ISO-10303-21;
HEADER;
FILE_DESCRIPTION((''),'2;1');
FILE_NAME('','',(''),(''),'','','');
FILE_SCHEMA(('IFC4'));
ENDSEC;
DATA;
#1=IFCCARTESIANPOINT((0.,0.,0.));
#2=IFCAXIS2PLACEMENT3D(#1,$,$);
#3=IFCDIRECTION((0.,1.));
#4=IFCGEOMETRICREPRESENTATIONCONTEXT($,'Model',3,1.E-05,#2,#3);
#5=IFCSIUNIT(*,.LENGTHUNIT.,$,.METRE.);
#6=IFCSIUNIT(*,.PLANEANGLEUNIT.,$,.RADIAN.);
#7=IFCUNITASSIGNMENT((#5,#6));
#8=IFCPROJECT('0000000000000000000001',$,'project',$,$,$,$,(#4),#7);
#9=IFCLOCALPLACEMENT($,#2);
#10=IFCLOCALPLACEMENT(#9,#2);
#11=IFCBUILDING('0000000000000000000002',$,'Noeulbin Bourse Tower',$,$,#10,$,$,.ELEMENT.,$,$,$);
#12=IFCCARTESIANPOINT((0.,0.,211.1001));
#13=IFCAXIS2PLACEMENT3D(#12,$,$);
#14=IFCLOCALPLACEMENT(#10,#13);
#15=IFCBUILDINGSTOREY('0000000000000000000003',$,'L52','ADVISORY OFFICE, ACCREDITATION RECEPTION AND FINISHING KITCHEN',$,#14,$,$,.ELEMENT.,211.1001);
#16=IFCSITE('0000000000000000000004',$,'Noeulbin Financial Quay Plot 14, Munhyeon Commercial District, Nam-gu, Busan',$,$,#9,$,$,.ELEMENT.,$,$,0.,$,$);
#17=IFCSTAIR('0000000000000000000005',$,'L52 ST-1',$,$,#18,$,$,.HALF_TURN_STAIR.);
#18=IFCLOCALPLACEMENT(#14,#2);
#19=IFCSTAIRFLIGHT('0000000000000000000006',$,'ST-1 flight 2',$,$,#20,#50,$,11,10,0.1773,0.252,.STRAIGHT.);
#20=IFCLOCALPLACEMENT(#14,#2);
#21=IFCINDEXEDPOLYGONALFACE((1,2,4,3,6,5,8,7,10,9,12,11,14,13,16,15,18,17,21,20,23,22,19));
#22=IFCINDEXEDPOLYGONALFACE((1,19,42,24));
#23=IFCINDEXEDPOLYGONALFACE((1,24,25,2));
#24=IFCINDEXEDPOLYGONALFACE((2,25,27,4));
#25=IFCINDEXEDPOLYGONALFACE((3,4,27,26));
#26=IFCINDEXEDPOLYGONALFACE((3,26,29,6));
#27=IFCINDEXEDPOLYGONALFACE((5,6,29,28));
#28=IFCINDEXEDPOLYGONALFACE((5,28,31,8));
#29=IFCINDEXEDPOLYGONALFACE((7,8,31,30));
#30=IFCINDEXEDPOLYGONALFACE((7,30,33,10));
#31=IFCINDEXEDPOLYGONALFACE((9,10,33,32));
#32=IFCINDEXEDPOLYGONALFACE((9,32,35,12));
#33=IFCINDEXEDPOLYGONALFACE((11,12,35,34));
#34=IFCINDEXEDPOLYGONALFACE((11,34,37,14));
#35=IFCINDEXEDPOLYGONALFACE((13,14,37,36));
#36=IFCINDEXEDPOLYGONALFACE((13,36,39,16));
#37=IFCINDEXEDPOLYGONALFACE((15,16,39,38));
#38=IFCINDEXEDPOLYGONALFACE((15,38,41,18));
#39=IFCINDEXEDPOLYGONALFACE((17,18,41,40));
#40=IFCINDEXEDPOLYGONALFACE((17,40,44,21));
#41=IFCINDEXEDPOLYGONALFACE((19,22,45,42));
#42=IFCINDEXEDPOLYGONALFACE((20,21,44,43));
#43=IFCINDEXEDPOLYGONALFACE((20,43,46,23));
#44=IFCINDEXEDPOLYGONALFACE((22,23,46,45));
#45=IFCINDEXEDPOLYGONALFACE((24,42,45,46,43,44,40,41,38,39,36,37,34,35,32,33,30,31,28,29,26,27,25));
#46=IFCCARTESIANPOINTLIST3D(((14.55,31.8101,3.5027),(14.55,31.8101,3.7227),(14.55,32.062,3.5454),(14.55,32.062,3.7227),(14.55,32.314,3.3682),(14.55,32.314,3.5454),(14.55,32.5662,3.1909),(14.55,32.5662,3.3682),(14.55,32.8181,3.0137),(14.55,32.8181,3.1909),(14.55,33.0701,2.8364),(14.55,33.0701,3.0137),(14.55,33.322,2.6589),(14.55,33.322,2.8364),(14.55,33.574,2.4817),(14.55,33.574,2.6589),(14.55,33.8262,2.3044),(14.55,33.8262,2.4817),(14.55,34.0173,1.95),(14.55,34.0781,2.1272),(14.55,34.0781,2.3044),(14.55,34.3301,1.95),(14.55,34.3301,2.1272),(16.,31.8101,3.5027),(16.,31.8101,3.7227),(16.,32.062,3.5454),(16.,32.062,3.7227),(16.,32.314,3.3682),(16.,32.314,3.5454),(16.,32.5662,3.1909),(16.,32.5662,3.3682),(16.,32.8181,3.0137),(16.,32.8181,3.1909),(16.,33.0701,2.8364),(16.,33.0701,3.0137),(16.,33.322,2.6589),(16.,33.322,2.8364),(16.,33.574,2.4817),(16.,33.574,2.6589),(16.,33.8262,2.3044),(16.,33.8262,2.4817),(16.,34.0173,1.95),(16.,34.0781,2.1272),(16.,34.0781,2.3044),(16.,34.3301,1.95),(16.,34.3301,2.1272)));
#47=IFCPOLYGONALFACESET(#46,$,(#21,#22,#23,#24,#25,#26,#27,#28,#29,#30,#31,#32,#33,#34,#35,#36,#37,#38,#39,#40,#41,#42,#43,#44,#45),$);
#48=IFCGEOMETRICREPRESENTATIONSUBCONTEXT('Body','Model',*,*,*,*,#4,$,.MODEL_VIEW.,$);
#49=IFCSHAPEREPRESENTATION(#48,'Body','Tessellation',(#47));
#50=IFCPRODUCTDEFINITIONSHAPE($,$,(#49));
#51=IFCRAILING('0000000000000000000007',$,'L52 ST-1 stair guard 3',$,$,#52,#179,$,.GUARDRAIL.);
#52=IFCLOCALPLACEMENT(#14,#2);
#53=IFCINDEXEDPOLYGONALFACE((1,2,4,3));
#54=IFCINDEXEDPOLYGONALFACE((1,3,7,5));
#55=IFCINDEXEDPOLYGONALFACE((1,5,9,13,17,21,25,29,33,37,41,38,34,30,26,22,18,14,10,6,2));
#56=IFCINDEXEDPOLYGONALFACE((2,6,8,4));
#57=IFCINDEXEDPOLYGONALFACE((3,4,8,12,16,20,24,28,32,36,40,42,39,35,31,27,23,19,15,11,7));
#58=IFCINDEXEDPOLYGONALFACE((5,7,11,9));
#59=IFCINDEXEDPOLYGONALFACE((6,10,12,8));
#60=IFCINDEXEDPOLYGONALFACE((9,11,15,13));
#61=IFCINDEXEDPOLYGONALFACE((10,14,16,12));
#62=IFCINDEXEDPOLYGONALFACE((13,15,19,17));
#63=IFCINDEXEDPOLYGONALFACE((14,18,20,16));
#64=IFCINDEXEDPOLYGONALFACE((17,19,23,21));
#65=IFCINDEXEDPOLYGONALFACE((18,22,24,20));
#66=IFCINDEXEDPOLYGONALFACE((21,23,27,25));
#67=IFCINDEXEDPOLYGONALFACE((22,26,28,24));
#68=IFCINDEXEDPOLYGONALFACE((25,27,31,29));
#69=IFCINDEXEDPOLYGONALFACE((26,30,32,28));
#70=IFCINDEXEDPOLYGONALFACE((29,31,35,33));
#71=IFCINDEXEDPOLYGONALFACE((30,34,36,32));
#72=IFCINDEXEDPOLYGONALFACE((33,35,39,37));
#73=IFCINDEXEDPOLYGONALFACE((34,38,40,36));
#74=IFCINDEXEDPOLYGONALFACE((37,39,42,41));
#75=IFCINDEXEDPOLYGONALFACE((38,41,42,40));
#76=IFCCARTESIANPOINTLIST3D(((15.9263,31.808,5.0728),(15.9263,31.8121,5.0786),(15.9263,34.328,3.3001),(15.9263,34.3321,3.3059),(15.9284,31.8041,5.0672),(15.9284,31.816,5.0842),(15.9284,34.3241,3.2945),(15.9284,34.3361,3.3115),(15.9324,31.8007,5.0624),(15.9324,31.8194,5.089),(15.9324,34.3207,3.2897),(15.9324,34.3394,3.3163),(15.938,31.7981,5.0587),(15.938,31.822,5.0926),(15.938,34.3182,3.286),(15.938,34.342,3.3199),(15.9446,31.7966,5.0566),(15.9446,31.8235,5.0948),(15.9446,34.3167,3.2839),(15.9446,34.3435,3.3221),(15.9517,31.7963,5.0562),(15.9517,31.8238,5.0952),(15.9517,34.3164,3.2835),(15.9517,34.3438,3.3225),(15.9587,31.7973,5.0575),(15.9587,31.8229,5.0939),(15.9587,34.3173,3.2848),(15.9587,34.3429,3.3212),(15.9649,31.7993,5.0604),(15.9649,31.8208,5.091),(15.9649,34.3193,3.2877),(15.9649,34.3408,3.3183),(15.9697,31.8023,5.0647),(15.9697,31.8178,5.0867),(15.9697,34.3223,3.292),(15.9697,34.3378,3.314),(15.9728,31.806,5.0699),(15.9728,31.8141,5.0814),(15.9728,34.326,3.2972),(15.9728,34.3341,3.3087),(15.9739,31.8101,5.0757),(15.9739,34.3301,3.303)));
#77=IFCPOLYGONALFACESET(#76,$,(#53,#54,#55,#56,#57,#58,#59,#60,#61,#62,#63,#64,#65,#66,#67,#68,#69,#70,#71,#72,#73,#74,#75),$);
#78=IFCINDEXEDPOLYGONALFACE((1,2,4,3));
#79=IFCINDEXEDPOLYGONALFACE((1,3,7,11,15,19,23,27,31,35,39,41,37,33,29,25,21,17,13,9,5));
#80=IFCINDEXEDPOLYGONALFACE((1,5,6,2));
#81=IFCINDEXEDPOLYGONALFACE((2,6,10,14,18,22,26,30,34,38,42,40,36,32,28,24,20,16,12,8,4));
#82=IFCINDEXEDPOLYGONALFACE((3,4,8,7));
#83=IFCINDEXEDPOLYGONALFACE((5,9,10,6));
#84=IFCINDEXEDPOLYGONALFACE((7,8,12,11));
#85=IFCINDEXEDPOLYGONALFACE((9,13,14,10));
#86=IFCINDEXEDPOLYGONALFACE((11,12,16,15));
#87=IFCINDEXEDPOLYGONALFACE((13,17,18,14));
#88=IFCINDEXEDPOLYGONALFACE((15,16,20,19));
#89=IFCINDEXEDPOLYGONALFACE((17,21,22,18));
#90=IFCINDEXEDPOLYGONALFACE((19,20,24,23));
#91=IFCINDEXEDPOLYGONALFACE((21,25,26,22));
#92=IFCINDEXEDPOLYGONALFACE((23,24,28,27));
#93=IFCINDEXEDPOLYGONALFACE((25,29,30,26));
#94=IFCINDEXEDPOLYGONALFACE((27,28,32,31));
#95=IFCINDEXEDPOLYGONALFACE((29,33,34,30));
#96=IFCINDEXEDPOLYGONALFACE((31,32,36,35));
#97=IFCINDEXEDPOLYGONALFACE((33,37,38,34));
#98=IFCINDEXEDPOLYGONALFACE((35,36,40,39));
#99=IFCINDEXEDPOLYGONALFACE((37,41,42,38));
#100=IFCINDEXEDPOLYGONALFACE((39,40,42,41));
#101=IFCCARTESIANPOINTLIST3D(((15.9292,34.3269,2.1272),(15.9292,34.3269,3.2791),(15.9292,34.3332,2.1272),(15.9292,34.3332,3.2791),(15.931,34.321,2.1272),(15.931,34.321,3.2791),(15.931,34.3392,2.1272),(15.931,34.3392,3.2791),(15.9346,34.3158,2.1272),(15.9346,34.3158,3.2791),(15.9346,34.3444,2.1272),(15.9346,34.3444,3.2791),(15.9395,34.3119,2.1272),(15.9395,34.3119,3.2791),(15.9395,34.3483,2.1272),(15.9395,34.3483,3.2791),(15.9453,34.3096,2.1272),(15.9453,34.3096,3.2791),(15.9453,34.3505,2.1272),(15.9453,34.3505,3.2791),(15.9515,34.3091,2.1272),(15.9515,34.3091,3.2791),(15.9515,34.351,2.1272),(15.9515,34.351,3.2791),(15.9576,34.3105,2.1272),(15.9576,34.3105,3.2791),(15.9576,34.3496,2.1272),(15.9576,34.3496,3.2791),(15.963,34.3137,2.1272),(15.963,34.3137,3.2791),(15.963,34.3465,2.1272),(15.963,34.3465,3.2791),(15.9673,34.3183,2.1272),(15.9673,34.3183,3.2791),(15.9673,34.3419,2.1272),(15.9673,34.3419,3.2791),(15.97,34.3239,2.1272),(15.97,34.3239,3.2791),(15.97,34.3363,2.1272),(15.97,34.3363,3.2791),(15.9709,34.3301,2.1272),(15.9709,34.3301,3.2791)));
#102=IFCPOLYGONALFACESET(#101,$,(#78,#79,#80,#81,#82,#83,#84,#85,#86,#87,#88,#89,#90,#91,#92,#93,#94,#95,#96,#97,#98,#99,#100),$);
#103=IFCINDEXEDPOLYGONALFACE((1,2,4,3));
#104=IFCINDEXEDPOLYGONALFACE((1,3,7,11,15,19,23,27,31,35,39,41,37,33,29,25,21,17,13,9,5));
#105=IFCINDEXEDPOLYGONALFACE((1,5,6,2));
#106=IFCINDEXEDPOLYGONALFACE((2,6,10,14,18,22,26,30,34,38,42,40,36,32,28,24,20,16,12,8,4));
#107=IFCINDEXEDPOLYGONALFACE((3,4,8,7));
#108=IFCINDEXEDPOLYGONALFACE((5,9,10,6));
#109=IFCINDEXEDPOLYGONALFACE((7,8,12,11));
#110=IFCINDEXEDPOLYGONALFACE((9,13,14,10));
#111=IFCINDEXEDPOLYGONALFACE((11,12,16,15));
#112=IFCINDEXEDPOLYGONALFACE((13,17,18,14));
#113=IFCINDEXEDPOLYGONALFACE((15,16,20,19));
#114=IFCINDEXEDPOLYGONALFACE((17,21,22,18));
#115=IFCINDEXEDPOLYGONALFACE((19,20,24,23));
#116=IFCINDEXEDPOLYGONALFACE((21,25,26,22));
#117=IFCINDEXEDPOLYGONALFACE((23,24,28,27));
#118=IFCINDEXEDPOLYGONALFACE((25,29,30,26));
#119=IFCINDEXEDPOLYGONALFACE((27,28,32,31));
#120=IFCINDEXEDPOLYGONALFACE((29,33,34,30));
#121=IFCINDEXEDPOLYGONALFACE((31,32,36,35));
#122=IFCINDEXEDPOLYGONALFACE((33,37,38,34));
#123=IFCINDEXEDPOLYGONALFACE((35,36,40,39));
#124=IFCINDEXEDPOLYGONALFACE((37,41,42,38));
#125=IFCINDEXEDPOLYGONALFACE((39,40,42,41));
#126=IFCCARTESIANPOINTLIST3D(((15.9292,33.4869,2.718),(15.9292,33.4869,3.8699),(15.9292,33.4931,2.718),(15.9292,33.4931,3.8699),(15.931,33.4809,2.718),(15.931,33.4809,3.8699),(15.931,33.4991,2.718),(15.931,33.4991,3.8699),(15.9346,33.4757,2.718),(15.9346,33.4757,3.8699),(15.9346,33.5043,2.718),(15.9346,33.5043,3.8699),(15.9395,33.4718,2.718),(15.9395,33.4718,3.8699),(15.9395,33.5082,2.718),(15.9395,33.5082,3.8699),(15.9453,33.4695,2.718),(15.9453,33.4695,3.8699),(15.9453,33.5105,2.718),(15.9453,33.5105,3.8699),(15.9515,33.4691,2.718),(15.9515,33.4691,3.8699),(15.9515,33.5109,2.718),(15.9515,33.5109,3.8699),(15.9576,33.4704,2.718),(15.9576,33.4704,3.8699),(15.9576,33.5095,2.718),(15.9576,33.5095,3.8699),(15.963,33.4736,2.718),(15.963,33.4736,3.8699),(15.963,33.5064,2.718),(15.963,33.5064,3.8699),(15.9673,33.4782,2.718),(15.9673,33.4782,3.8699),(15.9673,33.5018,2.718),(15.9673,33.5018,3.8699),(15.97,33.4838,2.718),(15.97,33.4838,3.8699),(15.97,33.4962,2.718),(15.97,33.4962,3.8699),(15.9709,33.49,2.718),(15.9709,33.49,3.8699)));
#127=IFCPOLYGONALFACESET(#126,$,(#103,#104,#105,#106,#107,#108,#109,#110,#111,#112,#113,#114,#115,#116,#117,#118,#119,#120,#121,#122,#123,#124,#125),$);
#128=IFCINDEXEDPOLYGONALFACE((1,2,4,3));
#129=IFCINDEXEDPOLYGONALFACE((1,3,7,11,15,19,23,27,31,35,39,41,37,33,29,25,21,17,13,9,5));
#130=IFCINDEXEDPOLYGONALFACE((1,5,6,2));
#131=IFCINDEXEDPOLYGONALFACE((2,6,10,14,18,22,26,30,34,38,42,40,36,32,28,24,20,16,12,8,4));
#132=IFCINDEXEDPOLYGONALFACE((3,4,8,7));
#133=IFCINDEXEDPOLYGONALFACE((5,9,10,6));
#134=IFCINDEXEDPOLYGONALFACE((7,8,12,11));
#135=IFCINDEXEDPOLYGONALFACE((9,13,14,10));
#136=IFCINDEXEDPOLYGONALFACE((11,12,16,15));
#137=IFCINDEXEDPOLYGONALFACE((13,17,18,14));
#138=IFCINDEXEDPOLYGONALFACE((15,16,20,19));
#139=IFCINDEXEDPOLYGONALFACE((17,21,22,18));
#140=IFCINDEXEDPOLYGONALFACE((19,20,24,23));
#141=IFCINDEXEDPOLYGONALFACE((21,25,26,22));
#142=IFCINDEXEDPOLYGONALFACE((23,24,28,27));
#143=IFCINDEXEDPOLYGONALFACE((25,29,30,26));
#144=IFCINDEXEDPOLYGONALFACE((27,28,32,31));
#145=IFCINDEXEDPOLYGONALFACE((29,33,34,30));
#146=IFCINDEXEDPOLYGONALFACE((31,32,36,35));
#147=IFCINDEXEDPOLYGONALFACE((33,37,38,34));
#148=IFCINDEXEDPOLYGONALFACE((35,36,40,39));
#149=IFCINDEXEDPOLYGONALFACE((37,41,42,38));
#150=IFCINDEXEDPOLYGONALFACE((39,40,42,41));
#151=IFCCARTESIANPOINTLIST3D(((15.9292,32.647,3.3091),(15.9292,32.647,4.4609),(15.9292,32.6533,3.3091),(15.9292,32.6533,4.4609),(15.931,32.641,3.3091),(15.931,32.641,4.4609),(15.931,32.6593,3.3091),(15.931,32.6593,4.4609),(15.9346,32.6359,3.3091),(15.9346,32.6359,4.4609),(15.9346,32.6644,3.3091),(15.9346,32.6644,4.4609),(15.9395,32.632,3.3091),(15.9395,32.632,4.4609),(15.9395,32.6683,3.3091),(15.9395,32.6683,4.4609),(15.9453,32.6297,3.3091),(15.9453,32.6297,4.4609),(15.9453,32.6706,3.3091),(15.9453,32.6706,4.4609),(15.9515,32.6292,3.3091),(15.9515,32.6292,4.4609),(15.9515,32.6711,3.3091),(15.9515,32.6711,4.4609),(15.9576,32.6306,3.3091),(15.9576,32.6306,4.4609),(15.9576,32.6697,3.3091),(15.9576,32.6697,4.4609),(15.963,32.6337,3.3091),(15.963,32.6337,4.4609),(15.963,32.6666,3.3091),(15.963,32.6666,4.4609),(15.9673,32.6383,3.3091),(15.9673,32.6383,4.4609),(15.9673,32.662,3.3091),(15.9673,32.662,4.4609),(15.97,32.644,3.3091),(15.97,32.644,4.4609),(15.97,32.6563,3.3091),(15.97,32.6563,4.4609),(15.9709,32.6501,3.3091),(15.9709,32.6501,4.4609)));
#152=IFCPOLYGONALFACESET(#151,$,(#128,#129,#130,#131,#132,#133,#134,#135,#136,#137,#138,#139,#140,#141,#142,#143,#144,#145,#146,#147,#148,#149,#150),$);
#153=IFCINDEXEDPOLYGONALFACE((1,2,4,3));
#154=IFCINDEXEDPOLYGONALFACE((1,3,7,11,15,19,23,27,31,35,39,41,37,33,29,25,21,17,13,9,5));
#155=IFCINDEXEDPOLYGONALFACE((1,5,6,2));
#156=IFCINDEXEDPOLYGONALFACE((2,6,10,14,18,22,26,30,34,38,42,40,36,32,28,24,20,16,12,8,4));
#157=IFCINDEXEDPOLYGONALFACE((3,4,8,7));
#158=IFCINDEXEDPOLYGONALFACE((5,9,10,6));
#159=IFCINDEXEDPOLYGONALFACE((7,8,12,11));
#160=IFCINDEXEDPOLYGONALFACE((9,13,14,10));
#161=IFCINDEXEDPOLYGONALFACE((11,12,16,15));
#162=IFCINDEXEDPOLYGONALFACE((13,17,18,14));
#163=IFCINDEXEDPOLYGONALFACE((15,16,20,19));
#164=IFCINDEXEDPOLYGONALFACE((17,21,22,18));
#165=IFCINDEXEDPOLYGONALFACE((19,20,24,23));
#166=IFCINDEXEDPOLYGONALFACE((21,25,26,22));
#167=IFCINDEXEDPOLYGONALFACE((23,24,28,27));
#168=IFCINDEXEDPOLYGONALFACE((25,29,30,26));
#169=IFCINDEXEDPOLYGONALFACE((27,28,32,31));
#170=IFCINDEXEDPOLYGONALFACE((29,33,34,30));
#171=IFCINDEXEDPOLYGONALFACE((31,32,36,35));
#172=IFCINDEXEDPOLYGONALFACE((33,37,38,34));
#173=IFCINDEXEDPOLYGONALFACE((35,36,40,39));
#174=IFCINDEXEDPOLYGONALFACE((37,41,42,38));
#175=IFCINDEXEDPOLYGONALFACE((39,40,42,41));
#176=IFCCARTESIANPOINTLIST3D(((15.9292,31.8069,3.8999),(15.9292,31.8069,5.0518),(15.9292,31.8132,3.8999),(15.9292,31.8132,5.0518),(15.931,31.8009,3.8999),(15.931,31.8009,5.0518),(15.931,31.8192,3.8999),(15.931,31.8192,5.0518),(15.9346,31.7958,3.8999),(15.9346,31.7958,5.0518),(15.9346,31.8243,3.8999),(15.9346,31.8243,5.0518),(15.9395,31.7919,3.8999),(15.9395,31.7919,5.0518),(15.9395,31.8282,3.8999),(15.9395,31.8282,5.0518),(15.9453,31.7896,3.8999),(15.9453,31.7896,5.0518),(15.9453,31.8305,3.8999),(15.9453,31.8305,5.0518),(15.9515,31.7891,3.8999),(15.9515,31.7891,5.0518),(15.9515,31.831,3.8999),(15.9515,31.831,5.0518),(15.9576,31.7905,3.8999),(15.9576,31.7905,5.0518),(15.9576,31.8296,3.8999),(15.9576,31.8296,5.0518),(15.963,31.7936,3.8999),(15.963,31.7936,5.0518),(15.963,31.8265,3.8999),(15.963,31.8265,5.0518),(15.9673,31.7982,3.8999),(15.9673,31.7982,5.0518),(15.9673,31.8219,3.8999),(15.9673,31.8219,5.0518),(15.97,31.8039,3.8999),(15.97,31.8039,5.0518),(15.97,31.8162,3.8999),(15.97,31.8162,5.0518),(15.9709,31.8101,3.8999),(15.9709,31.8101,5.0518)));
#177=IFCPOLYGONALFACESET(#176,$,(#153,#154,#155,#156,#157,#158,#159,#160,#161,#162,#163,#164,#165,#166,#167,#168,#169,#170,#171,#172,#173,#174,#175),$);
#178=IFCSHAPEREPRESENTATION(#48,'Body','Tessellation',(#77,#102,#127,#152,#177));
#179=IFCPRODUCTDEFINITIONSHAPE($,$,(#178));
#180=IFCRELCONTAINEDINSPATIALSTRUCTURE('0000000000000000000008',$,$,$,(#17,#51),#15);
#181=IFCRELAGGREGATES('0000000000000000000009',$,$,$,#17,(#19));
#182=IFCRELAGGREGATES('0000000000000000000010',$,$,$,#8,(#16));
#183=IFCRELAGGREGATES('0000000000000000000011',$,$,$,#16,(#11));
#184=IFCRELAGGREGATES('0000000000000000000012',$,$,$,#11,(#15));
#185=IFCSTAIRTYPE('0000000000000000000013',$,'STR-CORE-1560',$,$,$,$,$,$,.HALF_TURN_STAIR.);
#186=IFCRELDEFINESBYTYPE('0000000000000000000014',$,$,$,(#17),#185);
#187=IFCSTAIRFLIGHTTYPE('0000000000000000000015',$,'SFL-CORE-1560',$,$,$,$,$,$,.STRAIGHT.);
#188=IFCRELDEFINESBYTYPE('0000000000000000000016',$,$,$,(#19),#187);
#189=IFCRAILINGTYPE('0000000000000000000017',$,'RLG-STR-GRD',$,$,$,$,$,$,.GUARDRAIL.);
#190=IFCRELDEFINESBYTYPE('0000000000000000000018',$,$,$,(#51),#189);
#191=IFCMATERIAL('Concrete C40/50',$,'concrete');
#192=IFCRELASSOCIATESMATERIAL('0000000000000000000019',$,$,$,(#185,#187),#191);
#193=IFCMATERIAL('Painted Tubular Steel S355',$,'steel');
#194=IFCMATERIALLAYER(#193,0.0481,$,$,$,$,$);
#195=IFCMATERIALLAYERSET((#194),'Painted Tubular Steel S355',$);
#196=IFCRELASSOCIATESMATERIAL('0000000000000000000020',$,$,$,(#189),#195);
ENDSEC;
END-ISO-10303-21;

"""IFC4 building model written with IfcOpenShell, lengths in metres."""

from ifc_helpers import new_model, si_unit, direction, frame, origin, origin_2d, place, context, subcontext, project, spatial, polyline, circle, outline, extrude, material, layer, layer_set, type_object, element, aggregate, save


model = new_model("IFC4")

# Units and contexts
model_context = context("Model", 3, precision=1e-05, world=origin(), true_north=direction((0.0, 1.0)))
body_context = subcontext(model_context, "Body", "Model", "MODEL_VIEW")
ifc_project = project(units=[si_unit("LENGTHUNIT", "METRE"), si_unit("PLANEANGLEUNIT", "RADIAN")], contexts=[model_context])

# Site, building, storey
site_placement = place(None, origin())
site = spatial("IfcSite", under=ifc_project, at=site_placement, Name="Noeulbin Financial Quay Plot 14, Munhyeon Commercial District, Nam-gu, Busan", CompositionType="ELEMENT", RefElevation=0.0)
building_placement = place(site_placement, origin())
building = spatial("IfcBuilding", under=site, at=building_placement, Name="Noeulbin Bourse Tower", CompositionType="ELEMENT")
storey_placement = place(building_placement, frame((0.0, 0.0, 211.1001)))
storey = spatial("IfcBuildingStorey", under=building, at=storey_placement, Name="L52", Description="ADVISORY OFFICE, ACCREDITATION RECEPTION AND FINISHING KITCHEN", CompositionType="ELEMENT", Elevation=211.1001)

# Shared definitions
ifc_material_1 = material(Name="Concrete C40/50", Category="concrete")

# Stair, stair flight
stair_type = type_object("IfcStairType", Name="STR-CORE-1560", PredefinedType="HALF_TURN_STAIR", material=ifc_material_1)
stair_placement = place(storey_placement, origin())
stair = element("IfcStair", 1, at=stair_placement, inside=storey, type_object=stair_type, Name="L52 ST-1", PredefinedType="HALF_TURN_STAIR")
stair_flight_type = type_object("IfcStairFlightType", Name="SFL-CORE-1560", PredefinedType="STRAIGHT", material=ifc_material_1)
stair_flight_placement = place(storey_placement, frame((15.2749, 34.3301, 1.95), z_axis=(0.0, 0.0, 1.0), x_axis=(0.0, -1.0, 0.0)))
stair_flight = element("IfcStairFlight", 2, at=stair_flight_placement, type_object=stair_flight_type, Name="ST-1 flight 2", NumberOfRisers=11, NumberOfTreads=10, PredefinedType="STRAIGHT", RiserHeight=0.1773, TreadLength=0.252, context=body_context, shape_type="SweptSolid", body=[
    extrude(outline(polyline([(0.0, 0.0), (0.0, 0.1772), (0.252, 0.1772), (0.252, 0.3545), (0.5039, 0.3545), (0.5039, 0.5317), (0.7561, 0.5317), (0.7561, 0.709), (1.0081, 0.709), (1.0081, 0.8865), (1.26, 0.8865), (1.26, 1.0637), (1.512, 1.0637), (1.512, 1.241), (1.7639, 1.241), (1.7639, 1.4182), (2.0161, 1.4182), (2.0161, 1.5955), (2.2681, 1.5955), (2.2681, 1.7727), (2.52, 1.7727), (2.52, 1.95), (2.52, 1.5527), (0.3127, 0.0), (0.0, 0.0)])), frame((0.0, 0.7251, 0.0), z_axis=(0.0, -1.0, 0.0), x_axis=(1.0, 0.0, 0.0)), (0.0, 0.0, 1.0), 1.45),
])
aggregate(stair, [stair_flight])

# Railing
ifc_material_2 = material(Name="Painted Tubular Steel S355", Category="steel")
ifc_layer_1 = layer(ifc_material_2, 0.0481)
ifc_layer_set_1 = layer_set([ifc_layer_1], Name="Painted Tubular Steel S355")
railing_type_1 = type_object("IfcRailingType", Name="RLG-STR-GRD", PredefinedType="GUARDRAIL", material=ifc_layer_set_1)
railing_1_placement = place(storey_placement, frame((15.95, 34.3301, 2.1272)))
element("IfcRailing", 3, at=railing_1_placement, inside=storey, type_object=railing_type_1, Name="L52 ST-1 stair guard 3", PredefinedType="GUARDRAIL", context=body_context, shape_type="SweptSolid", body=[
    extrude(circle(Radius=0.0239, at=origin_2d()), frame((0.0, 0.0, 1.1758), z_axis=(0.0, -0.817904, 0.575354), x_axis=(1.0, 0.0, 0.0)), (0.0, 0.0, 1.0), 3.0811),
    extrude(circle(Radius=0.021, at=origin_2d()), origin(), (0.0, 0.0, 1.0), 1.1519),
    extrude(circle(Radius=0.021, at=origin_2d()), frame((0.0, -0.8401, 0.5908)), (0.0, 0.0, 1.0), 1.1519),
    extrude(circle(Radius=0.021, at=origin_2d()), frame((0.0, -1.6799, 1.1819)), (0.0, 0.0, 1.0), 1.1519),
    extrude(circle(Radius=0.021, at=origin_2d()), frame((0.0, -2.52, 1.7727)), (0.0, 0.0, 1.0), 1.1519),
])

save(model, "model.ifc")
